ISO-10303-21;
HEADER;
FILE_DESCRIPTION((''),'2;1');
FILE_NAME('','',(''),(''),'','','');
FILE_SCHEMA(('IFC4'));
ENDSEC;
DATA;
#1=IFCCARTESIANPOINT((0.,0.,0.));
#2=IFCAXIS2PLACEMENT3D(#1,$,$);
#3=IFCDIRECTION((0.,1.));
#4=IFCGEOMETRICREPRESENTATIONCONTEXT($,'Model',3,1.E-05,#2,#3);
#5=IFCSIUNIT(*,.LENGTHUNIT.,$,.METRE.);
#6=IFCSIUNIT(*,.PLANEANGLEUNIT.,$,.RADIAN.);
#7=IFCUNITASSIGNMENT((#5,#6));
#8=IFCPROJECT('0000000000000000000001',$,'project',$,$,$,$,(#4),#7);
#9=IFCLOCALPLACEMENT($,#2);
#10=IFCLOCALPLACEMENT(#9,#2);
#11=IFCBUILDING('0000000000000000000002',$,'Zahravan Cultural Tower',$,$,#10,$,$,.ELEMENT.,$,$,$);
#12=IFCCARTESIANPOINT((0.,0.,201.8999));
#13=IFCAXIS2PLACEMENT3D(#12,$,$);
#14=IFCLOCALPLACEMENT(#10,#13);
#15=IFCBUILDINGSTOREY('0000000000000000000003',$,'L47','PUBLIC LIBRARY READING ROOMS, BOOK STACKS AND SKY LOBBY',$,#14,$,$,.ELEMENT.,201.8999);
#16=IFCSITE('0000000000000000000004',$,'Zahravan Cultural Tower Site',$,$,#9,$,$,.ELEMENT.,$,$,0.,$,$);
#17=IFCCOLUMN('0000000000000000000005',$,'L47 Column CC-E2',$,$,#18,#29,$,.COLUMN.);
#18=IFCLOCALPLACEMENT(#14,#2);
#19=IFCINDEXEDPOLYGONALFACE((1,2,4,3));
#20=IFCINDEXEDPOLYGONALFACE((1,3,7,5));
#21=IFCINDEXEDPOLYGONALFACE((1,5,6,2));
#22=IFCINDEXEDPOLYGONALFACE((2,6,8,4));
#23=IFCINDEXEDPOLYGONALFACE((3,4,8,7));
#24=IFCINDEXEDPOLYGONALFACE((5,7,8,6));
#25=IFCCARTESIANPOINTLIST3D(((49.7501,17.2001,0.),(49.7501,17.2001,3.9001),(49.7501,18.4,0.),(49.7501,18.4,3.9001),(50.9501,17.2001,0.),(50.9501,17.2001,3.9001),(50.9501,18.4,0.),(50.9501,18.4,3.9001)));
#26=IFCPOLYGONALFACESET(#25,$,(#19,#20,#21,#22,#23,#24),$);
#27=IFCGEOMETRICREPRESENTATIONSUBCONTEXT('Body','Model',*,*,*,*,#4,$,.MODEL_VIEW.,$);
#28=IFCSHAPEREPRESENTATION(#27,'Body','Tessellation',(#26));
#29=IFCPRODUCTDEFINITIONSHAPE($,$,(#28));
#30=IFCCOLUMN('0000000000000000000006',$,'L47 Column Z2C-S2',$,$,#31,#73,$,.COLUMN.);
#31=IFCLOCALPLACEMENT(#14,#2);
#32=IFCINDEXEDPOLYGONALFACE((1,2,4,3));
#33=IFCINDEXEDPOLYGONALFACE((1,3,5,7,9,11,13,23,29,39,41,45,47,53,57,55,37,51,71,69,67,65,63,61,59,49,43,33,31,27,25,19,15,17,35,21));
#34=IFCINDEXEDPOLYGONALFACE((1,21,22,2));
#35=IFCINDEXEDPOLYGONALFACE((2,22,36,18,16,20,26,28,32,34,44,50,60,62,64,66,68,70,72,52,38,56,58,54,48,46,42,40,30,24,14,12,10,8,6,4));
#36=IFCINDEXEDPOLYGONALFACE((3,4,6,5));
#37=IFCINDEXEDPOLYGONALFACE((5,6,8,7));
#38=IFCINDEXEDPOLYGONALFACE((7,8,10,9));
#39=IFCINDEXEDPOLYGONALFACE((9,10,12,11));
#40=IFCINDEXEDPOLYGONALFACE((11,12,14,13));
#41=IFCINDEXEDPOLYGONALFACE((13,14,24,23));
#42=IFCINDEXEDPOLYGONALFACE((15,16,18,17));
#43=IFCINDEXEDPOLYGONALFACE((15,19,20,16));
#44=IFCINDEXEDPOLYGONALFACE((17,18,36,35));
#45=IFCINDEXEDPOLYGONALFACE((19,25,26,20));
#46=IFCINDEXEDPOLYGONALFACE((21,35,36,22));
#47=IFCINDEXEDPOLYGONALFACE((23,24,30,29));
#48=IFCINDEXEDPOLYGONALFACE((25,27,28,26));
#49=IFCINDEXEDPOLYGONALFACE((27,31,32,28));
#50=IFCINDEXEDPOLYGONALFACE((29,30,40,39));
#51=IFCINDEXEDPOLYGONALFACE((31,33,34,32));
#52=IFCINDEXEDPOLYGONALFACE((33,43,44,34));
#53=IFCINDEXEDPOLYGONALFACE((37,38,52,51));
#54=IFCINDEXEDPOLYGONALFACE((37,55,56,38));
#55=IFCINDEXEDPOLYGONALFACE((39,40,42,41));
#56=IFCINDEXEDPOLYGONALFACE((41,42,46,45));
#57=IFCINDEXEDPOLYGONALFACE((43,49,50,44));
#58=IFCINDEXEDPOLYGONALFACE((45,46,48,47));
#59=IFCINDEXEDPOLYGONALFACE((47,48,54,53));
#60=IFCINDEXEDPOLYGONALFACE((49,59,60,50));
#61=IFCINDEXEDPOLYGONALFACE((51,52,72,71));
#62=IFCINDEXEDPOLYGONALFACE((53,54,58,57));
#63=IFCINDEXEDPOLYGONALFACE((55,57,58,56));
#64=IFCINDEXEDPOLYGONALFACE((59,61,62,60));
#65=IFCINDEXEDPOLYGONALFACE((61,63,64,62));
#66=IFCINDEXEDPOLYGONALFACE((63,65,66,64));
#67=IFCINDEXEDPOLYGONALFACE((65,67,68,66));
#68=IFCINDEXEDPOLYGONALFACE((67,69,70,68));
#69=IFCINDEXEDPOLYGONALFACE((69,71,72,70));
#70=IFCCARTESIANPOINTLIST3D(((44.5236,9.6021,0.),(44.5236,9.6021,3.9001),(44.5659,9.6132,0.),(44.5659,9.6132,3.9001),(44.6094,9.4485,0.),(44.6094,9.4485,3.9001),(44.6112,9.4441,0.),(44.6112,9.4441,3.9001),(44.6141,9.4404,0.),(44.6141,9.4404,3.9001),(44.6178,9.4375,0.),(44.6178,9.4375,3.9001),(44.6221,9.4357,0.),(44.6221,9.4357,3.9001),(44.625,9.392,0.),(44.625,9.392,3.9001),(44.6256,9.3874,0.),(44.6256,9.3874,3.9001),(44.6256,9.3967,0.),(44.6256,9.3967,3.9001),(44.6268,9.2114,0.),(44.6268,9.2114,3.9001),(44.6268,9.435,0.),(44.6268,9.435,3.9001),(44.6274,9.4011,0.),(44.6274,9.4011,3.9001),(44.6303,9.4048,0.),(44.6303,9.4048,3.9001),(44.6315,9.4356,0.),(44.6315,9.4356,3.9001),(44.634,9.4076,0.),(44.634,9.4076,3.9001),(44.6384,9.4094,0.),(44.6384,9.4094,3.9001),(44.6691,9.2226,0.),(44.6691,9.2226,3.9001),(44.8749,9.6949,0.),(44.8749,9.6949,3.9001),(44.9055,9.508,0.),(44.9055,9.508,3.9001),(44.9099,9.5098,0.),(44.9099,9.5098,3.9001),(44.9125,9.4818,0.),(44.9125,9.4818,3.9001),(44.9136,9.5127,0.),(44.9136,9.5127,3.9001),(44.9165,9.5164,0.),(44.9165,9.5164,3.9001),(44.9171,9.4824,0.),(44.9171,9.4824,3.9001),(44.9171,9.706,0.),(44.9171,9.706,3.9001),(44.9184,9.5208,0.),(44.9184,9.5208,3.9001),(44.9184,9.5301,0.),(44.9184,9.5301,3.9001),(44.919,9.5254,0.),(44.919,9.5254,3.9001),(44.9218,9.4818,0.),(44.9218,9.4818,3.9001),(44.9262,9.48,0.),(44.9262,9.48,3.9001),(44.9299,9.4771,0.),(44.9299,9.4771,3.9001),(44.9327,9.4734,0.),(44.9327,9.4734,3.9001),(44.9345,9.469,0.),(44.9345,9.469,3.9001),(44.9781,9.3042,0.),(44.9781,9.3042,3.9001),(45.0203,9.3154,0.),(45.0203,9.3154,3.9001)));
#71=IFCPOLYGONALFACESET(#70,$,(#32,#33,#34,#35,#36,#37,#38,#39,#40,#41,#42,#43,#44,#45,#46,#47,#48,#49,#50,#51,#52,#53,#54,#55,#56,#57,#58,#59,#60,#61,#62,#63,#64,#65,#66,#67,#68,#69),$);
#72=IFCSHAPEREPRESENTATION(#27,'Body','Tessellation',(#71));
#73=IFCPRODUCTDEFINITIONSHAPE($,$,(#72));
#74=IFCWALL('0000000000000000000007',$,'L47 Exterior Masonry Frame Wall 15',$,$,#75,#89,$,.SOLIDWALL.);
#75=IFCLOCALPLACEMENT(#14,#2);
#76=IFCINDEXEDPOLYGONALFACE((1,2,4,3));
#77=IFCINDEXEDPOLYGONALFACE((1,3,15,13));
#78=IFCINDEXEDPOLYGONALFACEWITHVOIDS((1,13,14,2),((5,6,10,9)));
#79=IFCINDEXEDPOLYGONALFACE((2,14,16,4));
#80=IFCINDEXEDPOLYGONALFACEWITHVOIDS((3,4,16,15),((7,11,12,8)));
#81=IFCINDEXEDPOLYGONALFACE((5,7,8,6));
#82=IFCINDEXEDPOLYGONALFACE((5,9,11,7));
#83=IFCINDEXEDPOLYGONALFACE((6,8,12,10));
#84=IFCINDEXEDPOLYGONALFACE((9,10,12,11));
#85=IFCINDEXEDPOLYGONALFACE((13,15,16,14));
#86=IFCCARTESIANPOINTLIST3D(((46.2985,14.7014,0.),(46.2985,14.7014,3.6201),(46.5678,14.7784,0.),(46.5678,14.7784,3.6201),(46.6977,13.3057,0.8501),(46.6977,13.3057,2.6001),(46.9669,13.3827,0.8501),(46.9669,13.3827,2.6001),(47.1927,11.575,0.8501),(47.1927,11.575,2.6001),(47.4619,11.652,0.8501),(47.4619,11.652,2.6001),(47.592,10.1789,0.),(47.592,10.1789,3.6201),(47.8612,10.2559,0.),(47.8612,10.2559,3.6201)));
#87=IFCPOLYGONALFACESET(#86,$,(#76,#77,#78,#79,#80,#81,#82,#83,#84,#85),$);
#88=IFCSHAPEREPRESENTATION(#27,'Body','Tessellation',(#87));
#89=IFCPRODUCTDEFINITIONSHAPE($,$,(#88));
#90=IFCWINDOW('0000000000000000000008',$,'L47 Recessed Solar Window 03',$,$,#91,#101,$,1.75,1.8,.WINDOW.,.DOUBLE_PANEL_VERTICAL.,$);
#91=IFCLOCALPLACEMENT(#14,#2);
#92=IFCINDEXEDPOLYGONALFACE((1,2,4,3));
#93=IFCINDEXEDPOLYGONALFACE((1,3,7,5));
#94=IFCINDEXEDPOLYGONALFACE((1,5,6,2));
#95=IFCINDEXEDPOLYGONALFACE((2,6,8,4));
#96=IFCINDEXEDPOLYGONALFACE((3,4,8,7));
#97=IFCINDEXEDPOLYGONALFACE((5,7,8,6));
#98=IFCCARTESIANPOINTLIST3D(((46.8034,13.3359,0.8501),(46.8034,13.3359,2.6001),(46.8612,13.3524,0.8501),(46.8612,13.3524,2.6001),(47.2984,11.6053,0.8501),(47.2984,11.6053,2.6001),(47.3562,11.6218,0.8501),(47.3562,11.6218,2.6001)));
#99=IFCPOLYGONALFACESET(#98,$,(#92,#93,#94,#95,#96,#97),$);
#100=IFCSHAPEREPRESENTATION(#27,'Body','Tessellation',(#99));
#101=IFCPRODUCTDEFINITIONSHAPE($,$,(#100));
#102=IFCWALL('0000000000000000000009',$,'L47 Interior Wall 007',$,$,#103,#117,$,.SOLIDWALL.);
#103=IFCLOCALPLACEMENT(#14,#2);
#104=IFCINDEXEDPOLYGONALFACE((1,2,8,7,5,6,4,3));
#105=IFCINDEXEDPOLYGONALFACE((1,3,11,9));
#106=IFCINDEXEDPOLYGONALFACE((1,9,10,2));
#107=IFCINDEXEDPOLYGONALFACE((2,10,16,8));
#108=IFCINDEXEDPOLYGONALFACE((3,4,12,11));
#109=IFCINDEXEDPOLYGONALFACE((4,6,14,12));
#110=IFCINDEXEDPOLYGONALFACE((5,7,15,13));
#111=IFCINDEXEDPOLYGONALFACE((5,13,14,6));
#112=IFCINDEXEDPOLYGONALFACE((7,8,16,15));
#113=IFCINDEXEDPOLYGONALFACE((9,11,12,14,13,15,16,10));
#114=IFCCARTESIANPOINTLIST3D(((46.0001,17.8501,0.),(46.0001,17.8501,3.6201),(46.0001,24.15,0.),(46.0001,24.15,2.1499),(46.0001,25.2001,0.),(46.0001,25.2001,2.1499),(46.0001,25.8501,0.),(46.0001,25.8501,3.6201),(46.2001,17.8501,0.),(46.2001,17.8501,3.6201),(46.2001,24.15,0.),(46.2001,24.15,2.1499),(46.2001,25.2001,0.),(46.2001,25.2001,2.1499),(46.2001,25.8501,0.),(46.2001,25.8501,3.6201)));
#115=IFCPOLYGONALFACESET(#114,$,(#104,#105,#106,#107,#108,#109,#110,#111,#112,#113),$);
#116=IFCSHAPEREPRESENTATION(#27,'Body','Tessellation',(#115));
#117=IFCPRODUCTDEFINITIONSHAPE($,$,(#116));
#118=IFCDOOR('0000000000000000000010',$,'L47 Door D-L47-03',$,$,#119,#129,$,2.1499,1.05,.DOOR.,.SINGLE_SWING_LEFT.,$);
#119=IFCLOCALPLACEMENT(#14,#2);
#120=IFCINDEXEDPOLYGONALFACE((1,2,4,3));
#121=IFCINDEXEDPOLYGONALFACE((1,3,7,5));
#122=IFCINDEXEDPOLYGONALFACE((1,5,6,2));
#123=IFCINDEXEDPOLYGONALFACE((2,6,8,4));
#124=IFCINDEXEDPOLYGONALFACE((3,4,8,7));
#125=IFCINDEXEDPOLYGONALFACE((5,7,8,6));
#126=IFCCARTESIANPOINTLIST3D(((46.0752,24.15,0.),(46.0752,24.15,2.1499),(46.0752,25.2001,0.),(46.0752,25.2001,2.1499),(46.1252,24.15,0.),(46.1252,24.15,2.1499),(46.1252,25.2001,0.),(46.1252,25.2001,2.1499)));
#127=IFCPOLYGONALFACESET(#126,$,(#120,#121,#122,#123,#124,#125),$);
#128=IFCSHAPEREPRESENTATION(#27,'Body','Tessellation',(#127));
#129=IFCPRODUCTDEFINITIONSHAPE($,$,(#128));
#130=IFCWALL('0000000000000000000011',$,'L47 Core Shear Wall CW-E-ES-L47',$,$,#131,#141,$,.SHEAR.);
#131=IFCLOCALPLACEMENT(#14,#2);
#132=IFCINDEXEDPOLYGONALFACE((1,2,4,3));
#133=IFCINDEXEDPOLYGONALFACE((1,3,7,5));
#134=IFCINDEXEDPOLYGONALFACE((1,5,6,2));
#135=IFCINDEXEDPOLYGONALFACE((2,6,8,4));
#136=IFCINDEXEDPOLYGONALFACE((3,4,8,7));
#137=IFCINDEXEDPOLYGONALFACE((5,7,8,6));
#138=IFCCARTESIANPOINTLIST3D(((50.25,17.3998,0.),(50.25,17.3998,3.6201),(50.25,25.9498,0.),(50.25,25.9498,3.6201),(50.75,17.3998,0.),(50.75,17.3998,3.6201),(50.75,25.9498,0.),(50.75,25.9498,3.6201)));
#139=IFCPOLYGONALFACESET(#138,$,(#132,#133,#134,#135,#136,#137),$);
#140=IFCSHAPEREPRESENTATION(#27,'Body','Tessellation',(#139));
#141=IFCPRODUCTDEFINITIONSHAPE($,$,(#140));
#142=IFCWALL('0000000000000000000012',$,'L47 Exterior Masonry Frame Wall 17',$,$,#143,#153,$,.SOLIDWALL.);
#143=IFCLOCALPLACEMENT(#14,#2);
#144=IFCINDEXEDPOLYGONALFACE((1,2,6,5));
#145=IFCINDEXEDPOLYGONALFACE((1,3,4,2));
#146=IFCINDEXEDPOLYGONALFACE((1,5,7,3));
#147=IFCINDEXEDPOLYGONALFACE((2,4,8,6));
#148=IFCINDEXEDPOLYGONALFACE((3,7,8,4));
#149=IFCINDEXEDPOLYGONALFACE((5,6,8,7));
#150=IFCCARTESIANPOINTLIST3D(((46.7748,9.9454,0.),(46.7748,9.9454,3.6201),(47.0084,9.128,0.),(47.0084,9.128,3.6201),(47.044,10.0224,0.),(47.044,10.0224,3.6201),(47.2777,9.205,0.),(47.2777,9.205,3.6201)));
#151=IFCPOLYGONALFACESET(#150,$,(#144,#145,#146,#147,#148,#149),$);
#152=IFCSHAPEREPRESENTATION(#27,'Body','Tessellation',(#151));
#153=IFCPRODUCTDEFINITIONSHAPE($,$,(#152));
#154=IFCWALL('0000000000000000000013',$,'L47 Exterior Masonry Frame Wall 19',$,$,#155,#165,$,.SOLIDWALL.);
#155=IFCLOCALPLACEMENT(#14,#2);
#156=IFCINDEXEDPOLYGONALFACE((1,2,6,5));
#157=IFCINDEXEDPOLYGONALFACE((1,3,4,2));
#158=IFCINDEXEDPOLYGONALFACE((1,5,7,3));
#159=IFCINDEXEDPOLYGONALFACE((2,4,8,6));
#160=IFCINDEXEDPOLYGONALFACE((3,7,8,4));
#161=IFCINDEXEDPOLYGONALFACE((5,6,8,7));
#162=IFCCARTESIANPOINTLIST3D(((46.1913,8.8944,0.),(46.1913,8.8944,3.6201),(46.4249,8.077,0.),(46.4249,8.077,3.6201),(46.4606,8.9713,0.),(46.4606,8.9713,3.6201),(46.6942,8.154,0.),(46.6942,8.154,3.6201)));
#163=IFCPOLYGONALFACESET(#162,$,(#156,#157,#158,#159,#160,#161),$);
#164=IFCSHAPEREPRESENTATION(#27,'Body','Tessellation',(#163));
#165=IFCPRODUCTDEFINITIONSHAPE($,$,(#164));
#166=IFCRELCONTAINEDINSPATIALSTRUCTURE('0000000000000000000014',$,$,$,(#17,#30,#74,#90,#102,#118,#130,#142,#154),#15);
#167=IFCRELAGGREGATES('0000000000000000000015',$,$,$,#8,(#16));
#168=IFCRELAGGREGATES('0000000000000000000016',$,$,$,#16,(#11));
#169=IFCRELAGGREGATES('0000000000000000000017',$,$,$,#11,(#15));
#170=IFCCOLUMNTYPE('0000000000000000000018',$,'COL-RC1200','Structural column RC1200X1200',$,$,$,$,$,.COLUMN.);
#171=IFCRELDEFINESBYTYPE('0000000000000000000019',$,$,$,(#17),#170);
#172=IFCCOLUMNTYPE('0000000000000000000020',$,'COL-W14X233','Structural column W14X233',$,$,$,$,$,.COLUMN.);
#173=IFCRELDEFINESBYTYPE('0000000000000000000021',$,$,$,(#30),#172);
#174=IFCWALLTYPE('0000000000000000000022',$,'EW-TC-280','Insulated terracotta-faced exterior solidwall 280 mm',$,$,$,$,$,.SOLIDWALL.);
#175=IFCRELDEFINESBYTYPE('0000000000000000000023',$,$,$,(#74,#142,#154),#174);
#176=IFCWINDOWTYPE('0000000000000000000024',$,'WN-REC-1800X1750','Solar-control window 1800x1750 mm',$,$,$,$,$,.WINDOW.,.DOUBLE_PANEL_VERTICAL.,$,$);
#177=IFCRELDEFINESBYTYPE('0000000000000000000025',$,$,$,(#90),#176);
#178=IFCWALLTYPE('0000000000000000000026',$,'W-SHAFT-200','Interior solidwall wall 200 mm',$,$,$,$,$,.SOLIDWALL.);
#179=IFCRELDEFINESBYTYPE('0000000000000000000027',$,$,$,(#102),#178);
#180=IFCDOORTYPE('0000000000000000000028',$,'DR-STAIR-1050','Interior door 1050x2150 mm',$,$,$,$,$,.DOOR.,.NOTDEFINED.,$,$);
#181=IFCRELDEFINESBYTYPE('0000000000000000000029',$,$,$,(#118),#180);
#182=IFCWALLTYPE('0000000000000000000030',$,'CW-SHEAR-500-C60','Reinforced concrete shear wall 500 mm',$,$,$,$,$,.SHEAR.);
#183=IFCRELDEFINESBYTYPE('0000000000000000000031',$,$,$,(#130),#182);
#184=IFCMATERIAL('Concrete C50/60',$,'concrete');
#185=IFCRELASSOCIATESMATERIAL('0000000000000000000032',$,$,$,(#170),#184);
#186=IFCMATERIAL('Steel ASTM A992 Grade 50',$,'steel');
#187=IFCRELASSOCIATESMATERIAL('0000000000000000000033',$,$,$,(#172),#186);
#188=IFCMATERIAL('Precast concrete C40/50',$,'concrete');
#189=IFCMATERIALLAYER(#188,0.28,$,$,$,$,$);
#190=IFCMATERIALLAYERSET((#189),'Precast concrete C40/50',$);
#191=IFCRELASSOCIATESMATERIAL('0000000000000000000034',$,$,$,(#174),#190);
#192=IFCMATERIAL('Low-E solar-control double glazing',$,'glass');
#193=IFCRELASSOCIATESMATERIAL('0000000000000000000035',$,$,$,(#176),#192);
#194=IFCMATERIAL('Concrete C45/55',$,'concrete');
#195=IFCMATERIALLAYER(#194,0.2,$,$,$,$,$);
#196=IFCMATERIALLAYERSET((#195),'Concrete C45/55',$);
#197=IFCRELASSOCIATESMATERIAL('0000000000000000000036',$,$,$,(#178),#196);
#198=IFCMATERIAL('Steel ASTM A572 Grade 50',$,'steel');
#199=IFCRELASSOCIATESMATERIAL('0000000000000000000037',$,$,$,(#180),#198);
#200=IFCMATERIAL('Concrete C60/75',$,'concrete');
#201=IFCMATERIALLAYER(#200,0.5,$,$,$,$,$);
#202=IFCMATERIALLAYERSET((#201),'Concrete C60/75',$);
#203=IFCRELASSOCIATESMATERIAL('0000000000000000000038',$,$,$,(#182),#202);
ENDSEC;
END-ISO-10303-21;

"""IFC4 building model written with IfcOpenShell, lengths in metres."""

from ifc_helpers import new_model, si_unit, direction, frame, frame_2d, origin, origin_2d, place, context, subcontext, project, spatial, rectangle, i_section, extrude, source, transform, mapped, material, layer, layer_set, material_profile, profile_set, type_object, element, fill, save


model = new_model("IFC4")

# Units and contexts
model_context = context("Model", 3, precision=1e-05, world=origin(), true_north=direction((0.0, 1.0)))
body_context = subcontext(model_context, "Body", "Model", "MODEL_VIEW")
ifc_project = project(units=[si_unit("LENGTHUNIT", "METRE"), si_unit("PLANEANGLEUNIT", "RADIAN")], contexts=[model_context])

# Site, building, storey
site_placement = place(None, origin())
site = spatial("IfcSite", under=ifc_project, at=site_placement, Name="Zahravan Cultural Tower Site", CompositionType="ELEMENT", RefElevation=0.0)
building_placement = place(site_placement, origin())
building = spatial("IfcBuilding", under=site, at=building_placement, Name="Zahravan Cultural Tower", CompositionType="ELEMENT")
storey_placement = place(building_placement, frame((0.0, 0.0, 201.8999)))
storey = spatial("IfcBuildingStorey", under=building, at=storey_placement, Name="L47", Description="PUBLIC LIBRARY READING ROOMS, BOOK STACKS AND SKY LOBBY", CompositionType="ELEMENT", Elevation=201.8999)

# Columns
ifc_material_1 = material(Name="Concrete C50/60", Category="concrete")
ifc_material_profile_1 = material_profile(ifc_material_1, rectangle(XDim=1.2, YDim=1.2, at=origin_2d()), Name="RC1200X1200")
ifc_profile_set_1 = profile_set([ifc_material_profile_1], Name="Concrete C50/60")
column_type_1 = type_object("IfcColumnType", Name="COL-RC1200", Description="Structural column RC1200X1200", PredefinedType="COLUMN", material=ifc_profile_set_1)
shared_shape_1 = source(origin(), body_context, "Body", "SweptSolid", [
    extrude(rectangle(XDim=1.2, YDim=1.2, at=origin_2d()), origin(), (0.0, 0.0, 1.0), 3.9001),
])
column_1_placement = place(storey_placement, frame((50.3501, 17.8, 0.0), z_axis=(0.0, 0.0, 1.0), x_axis=(1.0, 0.0, 0.0)))
element("IfcColumn", 1, at=column_1_placement, inside=storey, type_object=column_type_1, Name="L47 Column CC-E2", PredefinedType="COLUMN", context=body_context, shape_type="MappedRepresentation", body=[
    mapped(shared_shape_1, transform((0.0, 0.0, 0.0), x_axis=(1.0, 0.0, 0.0), y_axis=(0.0, 1.0, 0.0), z_axis=(0.0, 0.0, 1.0), scale=1.0)),
])
ifc_material_2 = material(Name="Steel ASTM A992 Grade 50", Category="steel")
ifc_material_profile_2 = material_profile(ifc_material_2, i_section(OverallWidth=0.4041, OverallDepth=0.407, WebThickness=0.0271, FlangeThickness=0.0437, FilletRadius=0.0181, at=origin_2d()), Name="W14X233")
ifc_profile_set_2 = profile_set([ifc_material_profile_2], Name="Steel ASTM A992 Grade 50")
column_type_2 = type_object("IfcColumnType", Name="COL-W14X233", Description="Structural column W14X233", PredefinedType="COLUMN", material=ifc_profile_set_2)
shared_shape_2 = source(origin(), body_context, "Body", "SweptSolid", [
    extrude(i_section(OverallWidth=0.4041, OverallDepth=0.407, WebThickness=0.0271, FlangeThickness=0.0437, FilletRadius=0.0181, at=origin_2d()), origin(), (0.0, 0.0, 1.0), 3.9001),
])
column_2_placement = place(storey_placement, frame((44.772, 9.4587, 0.0), z_axis=(0.0, 0.0, 1.0), x_axis=(-0.255446, 0.966823, 0.0)))
element("IfcColumn", 2, at=column_2_placement, inside=storey, type_object=column_type_2, Name="L47 Column Z2C-S2", PredefinedType="COLUMN", context=body_context, shape_type="MappedRepresentation", body=[
    mapped(shared_shape_2, transform((0.0, 0.0, 0.0), x_axis=(1.0, 0.0, 0.0), y_axis=(0.0, 1.0, 0.0), z_axis=(0.0, 0.0, 1.0), scale=1.0)),
])

# Wall, opening, window
ifc_material_3 = material(Name="Precast concrete C40/50", Category="concrete")
ifc_layer_1 = layer(ifc_material_3, 0.28)
ifc_layer_set_1 = layer_set([ifc_layer_1], Name="Precast concrete C40/50")
wall_type_1 = type_object("IfcWallType", Name="EW-TC-280", Description="Insulated terracotta-faced exterior solidwall 280 mm", PredefinedType="SOLIDWALL", material=ifc_layer_set_1)
wall_1_placement = place(storey_placement, frame((46.4331, 14.74, 0.0), z_axis=(0.0, 0.0, 1.0), x_axis=(0.274982, -0.961449, 0.0)))
wall_1 = element("IfcWall", 3, at=wall_1_placement, inside=storey, type_object=wall_type_1, Name="L47 Exterior Masonry Frame Wall 15", PredefinedType="SOLIDWALL", context=body_context, shape_type="SweptSolid", body=[
    extrude(rectangle(XDim=4.7039, YDim=0.28, at=frame_2d((2.3521, 0.0))), origin(), (0.0, 0.0, 1.0), 3.6201),
])
opening_1_placement = place(wall_1_placement, frame((1.4519, 0.0, 0.8501)))
opening_1 = element("IfcOpeningElement", 4, at=opening_1_placement, cuts=wall_1, PredefinedType="OPENING", context=body_context, shape_type="SweptSolid", body=[
    extrude(rectangle(XDim=1.8, YDim=1.75, at=frame_2d((0.8999, 0.875))), frame((0.0, 0.1499, 0.0), z_axis=(0.0, -1.0, 0.0), x_axis=(1.0, 0.0, 0.0)), (0.0, 0.0, 1.0), 0.3),
])
ifc_material_4 = material(Name="Low-E solar-control double glazing", Category="glass")
window_type = type_object("IfcWindowType", Name="WN-REC-1800X1750", Description="Solar-control window 1800x1750 mm", PartitioningType="DOUBLE_PANEL_VERTICAL", PredefinedType="WINDOW", material=ifc_material_4)
shared_shape_3 = source(origin(), body_context, "Body", "SweptSolid", [
    extrude(rectangle(XDim=1.8, YDim=1.75, at=frame_2d((0.8999, 0.875))), frame((0.0, 0.03, 0.0), z_axis=(0.0, -1.0, 0.0), x_axis=(1.0, 0.0, 0.0)), (0.0, 0.0, 1.0), 0.0601),
])
window_placement = place(opening_1_placement, origin())
window = element("IfcWindow", 5, at=window_placement, inside=storey, type_object=window_type, Name="L47 Recessed Solar Window 03", OverallHeight=1.75, OverallWidth=1.8, PartitioningType="DOUBLE_PANEL_VERTICAL", PredefinedType="WINDOW", context=body_context, shape_type="MappedRepresentation", body=[
    mapped(shared_shape_3, transform((0.0, 0.0, 0.0), x_axis=(1.0, 0.0, 0.0), y_axis=(0.0, 1.0, 0.0), z_axis=(0.0, 0.0, 1.0), scale=1.0)),
])
fill(opening_1, window)

# Wall, opening, door
ifc_material_5 = material(Name="Concrete C45/55", Category="concrete")
ifc_layer_2 = layer(ifc_material_5, 0.2)
ifc_layer_set_2 = layer_set([ifc_layer_2], Name="Concrete C45/55")
wall_type_2 = type_object("IfcWallType", Name="W-SHAFT-200", Description="Interior solidwall wall 200 mm", PredefinedType="SOLIDWALL", material=ifc_layer_set_2)
wall_2_placement = place(storey_placement, frame((46.1001, 17.8501, 0.0), z_axis=(0.0, 0.0, 1.0), x_axis=(0.0, 1.0, 0.0)))
wall_2 = element("IfcWall", 6, at=wall_2_placement, inside=storey, type_object=wall_type_2, Name="L47 Interior Wall 007", PredefinedType="SOLIDWALL", context=body_context, shape_type="SweptSolid", body=[
    extrude(rectangle(XDim=8.0, YDim=0.2, at=frame_2d((4.0, 0.0))), origin(), (0.0, 0.0, 1.0), 3.6201),
])
opening_2_placement = place(wall_2_placement, frame((6.3, 0.0, 0.0)))
opening_2 = element("IfcOpeningElement", 7, at=opening_2_placement, cuts=wall_2, PredefinedType="OPENING", context=body_context, shape_type="SweptSolid", body=[
    extrude(rectangle(XDim=1.05, YDim=2.1499, at=frame_2d((0.5249, 1.075))), frame((0.0, 0.1099, 0.0), z_axis=(0.0, -1.0, 0.0), x_axis=(1.0, 0.0, 0.0)), (0.0, 0.0, 1.0), 0.22),
])
ifc_material_6 = material(Name="Steel ASTM A572 Grade 50", Category="steel")
door_type = type_object("IfcDoorType", Name="DR-STAIR-1050", Description="Interior door 1050x2150 mm", OperationType="NOTDEFINED", PredefinedType="DOOR", material=ifc_material_6)
shared_shape_4 = source(origin(), body_context, "Body", "SweptSolid", [
    extrude(rectangle(XDim=1.05, YDim=2.1499, at=frame_2d((0.5249, 1.075))), frame((0.0, 0.0249, 0.0), z_axis=(0.0, -1.0, 0.0), x_axis=(1.0, 0.0, 0.0)), (0.0, 0.0, 1.0), 0.05),
])
door_placement = place(opening_2_placement, origin())
door = element("IfcDoor", 8, at=door_placement, inside=storey, type_object=door_type, Name="L47 Door D-L47-03", OperationType="SINGLE_SWING_LEFT", OverallHeight=2.1499, OverallWidth=1.05, PredefinedType="DOOR", context=body_context, shape_type="MappedRepresentation", body=[
    mapped(shared_shape_4, transform((0.0, 0.0, 0.0), x_axis=(1.0, 0.0, 0.0), y_axis=(0.0, 1.0, 0.0), z_axis=(0.0, 0.0, 1.0), scale=1.0)),
])
fill(opening_2, door)

# Walls
ifc_material_7 = material(Name="Concrete C60/75", Category="concrete")
ifc_layer_3 = layer(ifc_material_7, 0.5)
ifc_layer_set_3 = layer_set([ifc_layer_3], Name="Concrete C60/75")
wall_type_3 = type_object("IfcWallType", Name="CW-SHEAR-500-C60", Description="Reinforced concrete shear wall 500 mm", PredefinedType="SHEAR", material=ifc_layer_set_3)
shared_shape_5 = source(origin(), body_context, "Body", "SweptSolid", [
    extrude(rectangle(XDim=8.55, YDim=0.5, at=frame_2d((4.2749, 0.0))), origin(), (0.0, 0.0, 1.0), 3.6201),
])
wall_3_placement = place(storey_placement, frame((50.5, 17.3999, 0.0), z_axis=(0.0, 0.0, 1.0), x_axis=(0.0, 1.0, 0.0)))
element("IfcWall", 9, at=wall_3_placement, inside=storey, type_object=wall_type_3, Name="L47 Core Shear Wall CW-E-ES-L47", PredefinedType="SHEAR", context=body_context, shape_type="MappedRepresentation", body=[
    mapped(shared_shape_5, transform((0.0, 0.0, 0.0), x_axis=(1.0, 0.0, 0.0), y_axis=(0.0, 1.0, 0.0), z_axis=(0.0, 0.0, 1.0), scale=1.0)),
])
shared_shape_6 = source(origin(), body_context, "Body", "SweptSolid", [
    extrude(rectangle(XDim=0.8501, YDim=0.28, at=frame_2d((0.425, 0.0))), origin(), (0.0, 0.0, 1.0), 3.6201),
])
for number, where, z_axis, x_axis, name in (
    (10, (46.9094, 9.9839, 0.0), (0.0, 0.0, 1.0), (0.274835, -0.961491, 0.0), "L47 Exterior Masonry Frame Wall 17"),
    (11, (46.3259, 8.9329, 0.0), (0.0, 0.0, 1.0), (0.274835, -0.961491, 0.0), "L47 Exterior Masonry Frame Wall 19"),
):
    element("IfcWall", number, at=place(storey_placement, frame(where, z_axis=z_axis, x_axis=x_axis)), inside=storey, type_object=wall_type_1, Name=name, PredefinedType="SOLIDWALL", context=body_context, shape_type="MappedRepresentation", body=[
        mapped(shared_shape_6, transform((0.0, 0.0, 0.0), x_axis=(1.0, 0.0, 0.0), y_axis=(0.0, 1.0, 0.0), z_axis=(0.0, 0.0, 1.0), scale=1.0)),
    ])

save(model, "model.ifc")
